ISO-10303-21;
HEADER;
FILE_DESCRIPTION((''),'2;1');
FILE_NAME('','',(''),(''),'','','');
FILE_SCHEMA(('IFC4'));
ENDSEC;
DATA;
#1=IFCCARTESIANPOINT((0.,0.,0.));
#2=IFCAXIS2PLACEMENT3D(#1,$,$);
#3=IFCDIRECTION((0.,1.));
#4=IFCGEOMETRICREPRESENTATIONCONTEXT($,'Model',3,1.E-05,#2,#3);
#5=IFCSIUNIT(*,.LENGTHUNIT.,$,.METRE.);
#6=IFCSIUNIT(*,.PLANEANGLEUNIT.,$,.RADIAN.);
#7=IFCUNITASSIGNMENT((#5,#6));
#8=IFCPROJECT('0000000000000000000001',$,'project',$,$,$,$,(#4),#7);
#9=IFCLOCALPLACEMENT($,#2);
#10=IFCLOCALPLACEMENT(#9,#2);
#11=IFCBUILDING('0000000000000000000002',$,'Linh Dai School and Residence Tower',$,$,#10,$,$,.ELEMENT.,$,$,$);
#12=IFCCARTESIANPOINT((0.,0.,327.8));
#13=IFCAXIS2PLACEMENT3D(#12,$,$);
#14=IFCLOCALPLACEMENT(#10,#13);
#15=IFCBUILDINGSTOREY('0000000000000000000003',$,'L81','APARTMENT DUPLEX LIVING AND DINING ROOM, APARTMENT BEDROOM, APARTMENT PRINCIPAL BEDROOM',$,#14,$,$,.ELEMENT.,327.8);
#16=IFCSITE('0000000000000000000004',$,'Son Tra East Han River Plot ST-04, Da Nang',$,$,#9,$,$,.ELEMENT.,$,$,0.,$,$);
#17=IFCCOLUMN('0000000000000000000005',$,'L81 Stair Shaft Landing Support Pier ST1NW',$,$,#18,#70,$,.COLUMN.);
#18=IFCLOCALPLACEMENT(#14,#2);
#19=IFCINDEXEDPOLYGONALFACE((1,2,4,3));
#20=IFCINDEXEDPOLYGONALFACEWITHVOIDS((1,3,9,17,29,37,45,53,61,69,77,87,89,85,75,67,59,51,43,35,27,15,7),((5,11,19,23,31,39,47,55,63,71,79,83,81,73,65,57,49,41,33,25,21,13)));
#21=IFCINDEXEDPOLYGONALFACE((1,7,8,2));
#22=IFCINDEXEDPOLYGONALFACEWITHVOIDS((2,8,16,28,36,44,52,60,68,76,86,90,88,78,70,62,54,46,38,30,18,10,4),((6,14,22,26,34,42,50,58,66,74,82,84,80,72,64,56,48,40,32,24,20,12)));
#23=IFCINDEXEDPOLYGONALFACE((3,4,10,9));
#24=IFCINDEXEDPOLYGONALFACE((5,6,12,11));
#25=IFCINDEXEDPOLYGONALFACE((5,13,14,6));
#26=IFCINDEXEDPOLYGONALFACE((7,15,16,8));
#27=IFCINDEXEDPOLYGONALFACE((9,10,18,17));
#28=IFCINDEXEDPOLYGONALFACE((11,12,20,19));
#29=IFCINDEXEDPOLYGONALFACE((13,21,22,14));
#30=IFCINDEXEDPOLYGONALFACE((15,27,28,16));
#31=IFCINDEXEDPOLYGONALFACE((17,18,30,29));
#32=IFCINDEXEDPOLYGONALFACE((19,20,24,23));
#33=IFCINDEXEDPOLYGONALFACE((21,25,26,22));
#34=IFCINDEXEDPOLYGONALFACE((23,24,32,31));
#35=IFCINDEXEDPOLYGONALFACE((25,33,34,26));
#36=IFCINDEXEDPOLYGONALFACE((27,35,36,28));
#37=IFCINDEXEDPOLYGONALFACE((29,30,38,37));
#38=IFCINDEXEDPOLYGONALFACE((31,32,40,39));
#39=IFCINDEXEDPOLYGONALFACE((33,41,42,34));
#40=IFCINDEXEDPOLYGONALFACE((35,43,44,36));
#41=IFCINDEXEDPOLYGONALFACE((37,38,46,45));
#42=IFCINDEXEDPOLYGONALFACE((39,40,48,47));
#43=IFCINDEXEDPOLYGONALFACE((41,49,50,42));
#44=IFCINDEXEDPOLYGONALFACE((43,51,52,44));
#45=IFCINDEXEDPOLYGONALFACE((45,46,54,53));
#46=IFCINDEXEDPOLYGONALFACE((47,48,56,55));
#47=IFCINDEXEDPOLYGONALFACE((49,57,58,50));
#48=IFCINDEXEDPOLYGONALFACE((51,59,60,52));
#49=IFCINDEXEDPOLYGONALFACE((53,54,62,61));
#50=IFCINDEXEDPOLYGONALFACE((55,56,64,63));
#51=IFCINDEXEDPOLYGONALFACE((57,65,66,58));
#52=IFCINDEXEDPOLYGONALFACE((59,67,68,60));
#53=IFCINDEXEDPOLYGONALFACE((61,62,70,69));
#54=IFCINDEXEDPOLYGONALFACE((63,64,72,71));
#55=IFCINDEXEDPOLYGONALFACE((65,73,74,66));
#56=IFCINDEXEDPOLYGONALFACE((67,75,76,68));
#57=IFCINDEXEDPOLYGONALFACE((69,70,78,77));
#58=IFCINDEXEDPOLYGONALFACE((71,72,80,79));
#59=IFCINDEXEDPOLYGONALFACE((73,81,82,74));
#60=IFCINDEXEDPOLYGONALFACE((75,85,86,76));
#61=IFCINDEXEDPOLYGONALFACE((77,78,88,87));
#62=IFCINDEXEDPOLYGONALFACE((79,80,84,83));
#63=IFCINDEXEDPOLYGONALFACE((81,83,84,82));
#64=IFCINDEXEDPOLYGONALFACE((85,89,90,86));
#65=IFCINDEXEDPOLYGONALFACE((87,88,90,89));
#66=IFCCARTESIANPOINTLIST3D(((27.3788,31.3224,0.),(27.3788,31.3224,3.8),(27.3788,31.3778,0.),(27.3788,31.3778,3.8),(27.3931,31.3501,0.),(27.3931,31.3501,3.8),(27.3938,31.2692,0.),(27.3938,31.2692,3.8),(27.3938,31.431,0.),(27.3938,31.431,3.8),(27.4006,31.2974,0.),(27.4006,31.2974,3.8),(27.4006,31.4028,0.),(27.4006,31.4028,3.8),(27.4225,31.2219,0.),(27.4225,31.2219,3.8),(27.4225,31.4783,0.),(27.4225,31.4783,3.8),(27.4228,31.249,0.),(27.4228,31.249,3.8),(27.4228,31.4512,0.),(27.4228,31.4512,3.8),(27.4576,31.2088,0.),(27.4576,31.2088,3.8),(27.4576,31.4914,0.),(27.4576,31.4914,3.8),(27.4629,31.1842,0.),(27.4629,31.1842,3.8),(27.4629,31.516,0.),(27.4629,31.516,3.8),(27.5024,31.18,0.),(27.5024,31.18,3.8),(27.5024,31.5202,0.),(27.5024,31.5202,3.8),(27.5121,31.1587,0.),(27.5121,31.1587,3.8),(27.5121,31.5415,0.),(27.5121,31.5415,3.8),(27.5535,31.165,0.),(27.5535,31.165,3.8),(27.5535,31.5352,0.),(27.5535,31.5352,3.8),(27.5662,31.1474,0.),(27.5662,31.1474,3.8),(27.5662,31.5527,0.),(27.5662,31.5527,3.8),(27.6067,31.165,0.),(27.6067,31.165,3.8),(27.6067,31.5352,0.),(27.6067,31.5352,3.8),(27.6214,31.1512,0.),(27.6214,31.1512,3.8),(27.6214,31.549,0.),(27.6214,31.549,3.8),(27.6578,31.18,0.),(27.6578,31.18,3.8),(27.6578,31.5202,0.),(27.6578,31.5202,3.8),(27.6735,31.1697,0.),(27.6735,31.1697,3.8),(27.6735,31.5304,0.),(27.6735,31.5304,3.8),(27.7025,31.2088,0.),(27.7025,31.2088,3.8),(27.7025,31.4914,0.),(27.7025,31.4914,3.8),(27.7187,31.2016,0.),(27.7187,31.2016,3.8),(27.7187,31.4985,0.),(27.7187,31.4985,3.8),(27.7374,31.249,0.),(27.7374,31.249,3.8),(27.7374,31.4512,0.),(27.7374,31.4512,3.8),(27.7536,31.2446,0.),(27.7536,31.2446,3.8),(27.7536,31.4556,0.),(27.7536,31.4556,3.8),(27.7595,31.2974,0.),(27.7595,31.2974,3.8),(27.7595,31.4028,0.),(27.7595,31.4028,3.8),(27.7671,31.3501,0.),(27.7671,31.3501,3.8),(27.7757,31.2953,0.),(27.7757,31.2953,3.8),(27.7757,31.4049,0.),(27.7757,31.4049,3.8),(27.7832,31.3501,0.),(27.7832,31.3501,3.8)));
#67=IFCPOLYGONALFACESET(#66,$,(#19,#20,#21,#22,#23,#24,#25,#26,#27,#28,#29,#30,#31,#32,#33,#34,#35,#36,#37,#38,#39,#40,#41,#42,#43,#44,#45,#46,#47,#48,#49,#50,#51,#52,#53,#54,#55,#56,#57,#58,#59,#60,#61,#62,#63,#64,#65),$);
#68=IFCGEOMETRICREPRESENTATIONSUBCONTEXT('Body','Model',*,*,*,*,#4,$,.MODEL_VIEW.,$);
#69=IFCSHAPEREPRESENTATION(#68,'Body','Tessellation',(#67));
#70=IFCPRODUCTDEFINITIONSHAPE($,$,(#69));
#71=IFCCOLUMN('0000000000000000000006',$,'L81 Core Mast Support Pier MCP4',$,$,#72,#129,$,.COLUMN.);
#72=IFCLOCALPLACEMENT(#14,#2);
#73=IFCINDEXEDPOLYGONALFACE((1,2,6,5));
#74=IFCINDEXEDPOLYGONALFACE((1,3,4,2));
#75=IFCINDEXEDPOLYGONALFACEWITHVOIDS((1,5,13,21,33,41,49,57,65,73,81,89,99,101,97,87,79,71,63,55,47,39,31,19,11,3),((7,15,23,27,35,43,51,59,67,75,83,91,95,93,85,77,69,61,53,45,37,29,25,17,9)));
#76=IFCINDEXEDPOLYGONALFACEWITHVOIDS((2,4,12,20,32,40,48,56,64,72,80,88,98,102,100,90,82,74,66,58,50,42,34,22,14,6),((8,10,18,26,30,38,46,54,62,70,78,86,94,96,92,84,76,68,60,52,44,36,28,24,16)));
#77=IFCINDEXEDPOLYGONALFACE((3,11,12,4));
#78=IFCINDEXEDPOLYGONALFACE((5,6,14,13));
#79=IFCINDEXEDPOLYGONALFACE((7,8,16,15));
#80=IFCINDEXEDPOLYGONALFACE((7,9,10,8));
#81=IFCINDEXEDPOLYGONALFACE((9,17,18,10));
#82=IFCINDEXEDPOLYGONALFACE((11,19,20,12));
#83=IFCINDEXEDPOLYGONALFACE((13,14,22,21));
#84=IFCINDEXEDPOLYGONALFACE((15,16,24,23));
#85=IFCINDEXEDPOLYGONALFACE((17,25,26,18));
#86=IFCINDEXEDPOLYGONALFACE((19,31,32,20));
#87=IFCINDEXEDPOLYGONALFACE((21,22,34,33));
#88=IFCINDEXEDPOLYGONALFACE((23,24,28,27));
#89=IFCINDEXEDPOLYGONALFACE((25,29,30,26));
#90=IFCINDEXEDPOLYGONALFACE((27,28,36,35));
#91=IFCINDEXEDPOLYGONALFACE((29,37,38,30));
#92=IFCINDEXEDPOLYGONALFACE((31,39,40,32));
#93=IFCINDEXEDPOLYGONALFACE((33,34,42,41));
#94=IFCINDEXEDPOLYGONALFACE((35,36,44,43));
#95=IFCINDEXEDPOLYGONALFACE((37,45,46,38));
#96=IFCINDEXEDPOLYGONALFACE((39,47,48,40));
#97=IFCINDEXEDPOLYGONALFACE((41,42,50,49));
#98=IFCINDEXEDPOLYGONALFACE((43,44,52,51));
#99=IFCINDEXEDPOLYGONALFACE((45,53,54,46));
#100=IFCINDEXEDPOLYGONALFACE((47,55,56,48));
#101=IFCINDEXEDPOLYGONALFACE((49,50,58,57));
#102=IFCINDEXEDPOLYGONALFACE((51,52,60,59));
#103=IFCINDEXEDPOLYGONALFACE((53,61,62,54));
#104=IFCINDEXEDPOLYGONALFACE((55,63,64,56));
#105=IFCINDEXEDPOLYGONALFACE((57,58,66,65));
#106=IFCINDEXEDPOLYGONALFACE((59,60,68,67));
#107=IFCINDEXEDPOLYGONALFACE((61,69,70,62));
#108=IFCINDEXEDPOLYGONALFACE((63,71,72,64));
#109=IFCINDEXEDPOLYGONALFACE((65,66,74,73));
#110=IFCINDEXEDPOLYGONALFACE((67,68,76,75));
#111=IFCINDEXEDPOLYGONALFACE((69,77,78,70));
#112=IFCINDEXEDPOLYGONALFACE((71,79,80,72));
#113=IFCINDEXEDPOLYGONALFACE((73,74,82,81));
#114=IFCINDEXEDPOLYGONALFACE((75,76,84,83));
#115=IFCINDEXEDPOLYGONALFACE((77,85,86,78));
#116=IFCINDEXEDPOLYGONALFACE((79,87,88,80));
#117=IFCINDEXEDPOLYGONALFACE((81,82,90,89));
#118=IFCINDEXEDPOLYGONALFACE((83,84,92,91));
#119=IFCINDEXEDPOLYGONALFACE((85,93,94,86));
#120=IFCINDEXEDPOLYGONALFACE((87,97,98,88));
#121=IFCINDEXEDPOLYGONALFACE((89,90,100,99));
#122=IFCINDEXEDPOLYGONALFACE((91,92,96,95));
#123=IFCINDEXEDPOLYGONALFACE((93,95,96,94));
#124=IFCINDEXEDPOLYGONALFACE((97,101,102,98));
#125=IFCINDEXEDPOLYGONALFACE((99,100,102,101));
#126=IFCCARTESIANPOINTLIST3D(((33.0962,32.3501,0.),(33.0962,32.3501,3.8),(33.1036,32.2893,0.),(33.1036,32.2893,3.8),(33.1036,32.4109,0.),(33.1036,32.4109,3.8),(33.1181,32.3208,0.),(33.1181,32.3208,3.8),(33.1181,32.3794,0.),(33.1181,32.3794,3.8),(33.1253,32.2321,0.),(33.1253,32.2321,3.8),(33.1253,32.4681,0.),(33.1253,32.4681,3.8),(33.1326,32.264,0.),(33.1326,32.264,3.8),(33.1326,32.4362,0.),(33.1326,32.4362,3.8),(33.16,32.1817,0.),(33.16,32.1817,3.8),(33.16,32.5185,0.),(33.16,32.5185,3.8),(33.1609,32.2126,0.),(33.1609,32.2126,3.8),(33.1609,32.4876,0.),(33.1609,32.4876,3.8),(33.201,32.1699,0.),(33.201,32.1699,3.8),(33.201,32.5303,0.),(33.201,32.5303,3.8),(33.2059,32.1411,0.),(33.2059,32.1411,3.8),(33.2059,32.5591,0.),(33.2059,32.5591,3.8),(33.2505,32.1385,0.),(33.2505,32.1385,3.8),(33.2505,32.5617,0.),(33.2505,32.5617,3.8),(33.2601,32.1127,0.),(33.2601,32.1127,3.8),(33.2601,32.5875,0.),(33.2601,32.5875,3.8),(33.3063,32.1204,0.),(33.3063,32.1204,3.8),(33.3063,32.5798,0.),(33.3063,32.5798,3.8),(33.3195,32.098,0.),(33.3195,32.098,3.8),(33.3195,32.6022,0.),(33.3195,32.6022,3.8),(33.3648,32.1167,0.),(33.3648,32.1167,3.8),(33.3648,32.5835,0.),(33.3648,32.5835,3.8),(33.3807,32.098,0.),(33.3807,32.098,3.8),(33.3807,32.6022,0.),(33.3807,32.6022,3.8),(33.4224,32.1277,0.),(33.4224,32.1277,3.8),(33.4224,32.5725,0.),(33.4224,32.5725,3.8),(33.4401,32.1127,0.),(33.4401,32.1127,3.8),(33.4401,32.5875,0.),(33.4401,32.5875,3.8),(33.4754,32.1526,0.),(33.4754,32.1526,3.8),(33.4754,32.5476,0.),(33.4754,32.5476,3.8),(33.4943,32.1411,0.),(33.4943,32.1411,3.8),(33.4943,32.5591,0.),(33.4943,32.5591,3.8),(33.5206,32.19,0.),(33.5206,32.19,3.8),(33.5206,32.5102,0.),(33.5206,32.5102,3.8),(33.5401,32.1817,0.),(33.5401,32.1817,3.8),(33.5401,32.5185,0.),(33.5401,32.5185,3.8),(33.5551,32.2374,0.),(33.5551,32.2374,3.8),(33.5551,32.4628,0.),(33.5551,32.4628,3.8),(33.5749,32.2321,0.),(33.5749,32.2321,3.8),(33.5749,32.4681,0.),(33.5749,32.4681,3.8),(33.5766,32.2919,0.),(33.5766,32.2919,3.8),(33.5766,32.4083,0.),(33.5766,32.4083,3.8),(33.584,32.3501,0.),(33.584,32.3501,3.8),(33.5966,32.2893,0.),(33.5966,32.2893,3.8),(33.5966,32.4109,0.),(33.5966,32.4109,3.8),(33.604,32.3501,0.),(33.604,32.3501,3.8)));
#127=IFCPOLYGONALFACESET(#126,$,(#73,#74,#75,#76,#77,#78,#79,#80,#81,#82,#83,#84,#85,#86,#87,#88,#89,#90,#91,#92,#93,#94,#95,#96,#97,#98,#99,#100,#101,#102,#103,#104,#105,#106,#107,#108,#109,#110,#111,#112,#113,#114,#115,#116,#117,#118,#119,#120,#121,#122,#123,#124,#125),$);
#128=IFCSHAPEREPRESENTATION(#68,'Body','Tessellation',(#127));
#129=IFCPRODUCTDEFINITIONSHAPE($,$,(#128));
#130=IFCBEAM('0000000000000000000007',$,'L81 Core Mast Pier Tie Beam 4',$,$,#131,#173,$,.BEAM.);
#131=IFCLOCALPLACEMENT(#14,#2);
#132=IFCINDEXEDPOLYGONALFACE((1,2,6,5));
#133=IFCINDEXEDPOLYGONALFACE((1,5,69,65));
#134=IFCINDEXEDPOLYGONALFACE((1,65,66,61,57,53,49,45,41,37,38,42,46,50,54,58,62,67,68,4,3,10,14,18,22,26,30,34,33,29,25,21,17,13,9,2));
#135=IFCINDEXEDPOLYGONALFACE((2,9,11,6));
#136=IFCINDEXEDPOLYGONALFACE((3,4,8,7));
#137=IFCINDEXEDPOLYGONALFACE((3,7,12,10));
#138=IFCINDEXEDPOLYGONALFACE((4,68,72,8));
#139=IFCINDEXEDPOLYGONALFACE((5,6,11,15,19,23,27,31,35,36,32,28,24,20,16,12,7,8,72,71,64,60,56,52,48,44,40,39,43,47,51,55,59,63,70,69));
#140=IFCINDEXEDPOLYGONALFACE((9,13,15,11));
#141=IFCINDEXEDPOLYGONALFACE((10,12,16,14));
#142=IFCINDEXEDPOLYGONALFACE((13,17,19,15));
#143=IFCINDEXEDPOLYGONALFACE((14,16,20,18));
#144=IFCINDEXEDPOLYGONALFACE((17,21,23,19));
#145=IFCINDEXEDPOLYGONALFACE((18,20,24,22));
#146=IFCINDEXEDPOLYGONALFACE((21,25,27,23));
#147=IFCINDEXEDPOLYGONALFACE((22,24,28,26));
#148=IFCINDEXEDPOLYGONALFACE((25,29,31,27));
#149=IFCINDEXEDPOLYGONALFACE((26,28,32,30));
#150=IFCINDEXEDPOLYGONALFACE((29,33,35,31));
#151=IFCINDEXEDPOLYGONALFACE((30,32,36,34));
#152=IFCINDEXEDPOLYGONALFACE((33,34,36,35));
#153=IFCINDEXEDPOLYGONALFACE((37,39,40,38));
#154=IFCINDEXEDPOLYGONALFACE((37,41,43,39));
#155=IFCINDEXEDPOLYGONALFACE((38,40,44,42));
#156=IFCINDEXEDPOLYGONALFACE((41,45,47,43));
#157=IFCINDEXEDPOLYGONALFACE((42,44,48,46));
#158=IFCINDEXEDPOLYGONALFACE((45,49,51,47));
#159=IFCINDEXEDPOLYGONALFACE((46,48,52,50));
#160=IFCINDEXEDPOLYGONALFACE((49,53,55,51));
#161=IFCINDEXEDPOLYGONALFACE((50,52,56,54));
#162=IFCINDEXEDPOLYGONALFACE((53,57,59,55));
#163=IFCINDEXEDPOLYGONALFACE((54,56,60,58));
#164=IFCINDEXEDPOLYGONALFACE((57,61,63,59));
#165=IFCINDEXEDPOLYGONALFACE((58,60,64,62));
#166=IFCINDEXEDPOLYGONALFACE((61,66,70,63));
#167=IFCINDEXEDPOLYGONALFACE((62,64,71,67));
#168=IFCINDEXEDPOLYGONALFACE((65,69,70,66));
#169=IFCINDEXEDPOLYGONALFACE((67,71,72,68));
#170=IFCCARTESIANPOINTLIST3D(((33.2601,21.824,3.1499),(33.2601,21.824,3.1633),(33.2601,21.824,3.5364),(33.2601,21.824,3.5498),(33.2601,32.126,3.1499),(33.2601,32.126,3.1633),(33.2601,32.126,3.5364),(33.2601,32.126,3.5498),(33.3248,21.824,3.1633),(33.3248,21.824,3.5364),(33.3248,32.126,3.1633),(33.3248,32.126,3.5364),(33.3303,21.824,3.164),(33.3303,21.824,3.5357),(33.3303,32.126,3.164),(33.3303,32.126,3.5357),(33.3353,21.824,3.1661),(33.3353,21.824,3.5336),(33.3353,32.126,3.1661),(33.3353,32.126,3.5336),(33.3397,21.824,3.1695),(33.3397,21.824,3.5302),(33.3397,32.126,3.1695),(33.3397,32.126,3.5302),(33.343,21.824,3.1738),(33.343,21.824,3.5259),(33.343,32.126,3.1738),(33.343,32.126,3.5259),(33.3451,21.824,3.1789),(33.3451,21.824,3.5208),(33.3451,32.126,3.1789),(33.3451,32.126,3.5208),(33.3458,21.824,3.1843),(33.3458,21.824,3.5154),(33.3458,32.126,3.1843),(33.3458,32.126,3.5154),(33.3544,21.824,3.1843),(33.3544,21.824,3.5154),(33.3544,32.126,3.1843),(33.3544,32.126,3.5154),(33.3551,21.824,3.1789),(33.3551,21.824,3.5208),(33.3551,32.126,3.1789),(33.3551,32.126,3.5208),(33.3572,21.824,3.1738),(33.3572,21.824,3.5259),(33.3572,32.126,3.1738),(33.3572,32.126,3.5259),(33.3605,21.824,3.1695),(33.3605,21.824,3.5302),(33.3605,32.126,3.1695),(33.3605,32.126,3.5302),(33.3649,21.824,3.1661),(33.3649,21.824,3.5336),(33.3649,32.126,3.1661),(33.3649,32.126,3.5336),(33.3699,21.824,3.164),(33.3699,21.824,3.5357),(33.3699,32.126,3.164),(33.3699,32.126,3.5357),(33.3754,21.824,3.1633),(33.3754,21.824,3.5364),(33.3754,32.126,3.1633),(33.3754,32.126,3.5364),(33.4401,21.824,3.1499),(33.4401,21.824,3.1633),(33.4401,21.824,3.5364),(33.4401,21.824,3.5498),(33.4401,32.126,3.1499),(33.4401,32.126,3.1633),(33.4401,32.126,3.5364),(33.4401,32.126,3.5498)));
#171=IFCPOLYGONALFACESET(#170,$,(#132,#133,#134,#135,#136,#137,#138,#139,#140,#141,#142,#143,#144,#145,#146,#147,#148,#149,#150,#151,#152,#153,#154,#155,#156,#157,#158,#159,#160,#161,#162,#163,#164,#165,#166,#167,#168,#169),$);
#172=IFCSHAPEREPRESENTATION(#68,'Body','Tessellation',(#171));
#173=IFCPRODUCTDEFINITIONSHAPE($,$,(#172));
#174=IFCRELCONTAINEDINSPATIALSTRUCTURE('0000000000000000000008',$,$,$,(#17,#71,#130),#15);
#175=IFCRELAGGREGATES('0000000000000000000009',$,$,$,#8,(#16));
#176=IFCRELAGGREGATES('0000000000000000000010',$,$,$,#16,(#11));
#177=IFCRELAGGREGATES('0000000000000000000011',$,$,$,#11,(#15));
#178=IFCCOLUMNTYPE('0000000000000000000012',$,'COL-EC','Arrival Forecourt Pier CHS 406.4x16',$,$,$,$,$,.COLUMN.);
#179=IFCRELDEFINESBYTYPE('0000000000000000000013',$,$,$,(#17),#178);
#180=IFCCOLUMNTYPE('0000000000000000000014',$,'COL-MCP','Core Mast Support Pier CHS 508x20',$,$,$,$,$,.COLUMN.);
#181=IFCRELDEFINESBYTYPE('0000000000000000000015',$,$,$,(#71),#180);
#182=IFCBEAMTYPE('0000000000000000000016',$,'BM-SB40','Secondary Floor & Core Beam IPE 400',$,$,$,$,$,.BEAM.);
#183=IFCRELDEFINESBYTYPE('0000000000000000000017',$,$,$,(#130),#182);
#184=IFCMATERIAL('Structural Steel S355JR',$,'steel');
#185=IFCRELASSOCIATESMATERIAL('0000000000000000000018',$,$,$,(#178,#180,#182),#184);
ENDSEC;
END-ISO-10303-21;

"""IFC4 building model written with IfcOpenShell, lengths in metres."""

from ifc_helpers import new_model, si_unit, direction, frame, origin, origin_2d, place, context, subcontext, project, spatial, hollow_circle, i_section, extrude, material, material_profile, profile_set, type_object, element, save


model = new_model("IFC4")

# Units and contexts
model_context = context("Model", 3, precision=1e-05, world=origin(), true_north=direction((0.0, 1.0)))
body_context = subcontext(model_context, "Body", "Model", "MODEL_VIEW")
ifc_project = project(units=[si_unit("LENGTHUNIT", "METRE"), si_unit("PLANEANGLEUNIT", "RADIAN")], contexts=[model_context])

# Site, building, storey
site_placement = place(None, origin())
site = spatial("IfcSite", under=ifc_project, at=site_placement, Name="Son Tra East Han River Plot ST-04, Da Nang", CompositionType="ELEMENT", RefElevation=0.0)
building_placement = place(site_placement, origin())
building = spatial("IfcBuilding", under=site, at=building_placement, Name="Linh Dai School and Residence Tower", CompositionType="ELEMENT")
storey_placement = place(building_placement, frame((0.0, 0.0, 327.8)))
storey = spatial("IfcBuildingStorey", under=building, at=storey_placement, Name="L81", Description="APARTMENT DUPLEX LIVING AND DINING ROOM, APARTMENT BEDROOM, APARTMENT PRINCIPAL BEDROOM", CompositionType="ELEMENT", Elevation=327.8)

# Columns
ifc_material_1 = material(Name="Structural Steel S355JR", Category="steel")
ifc_material_profile_1 = material_profile(ifc_material_1, hollow_circle(Radius=0.2031, WallThickness=0.0161, at=origin_2d()), Name="CHS 406.4x16")
ifc_profile_set_1 = profile_set([ifc_material_profile_1], Name="Structural Steel S355JR")
column_type_1 = type_object("IfcColumnType", Name="COL-EC", Description="Arrival Forecourt Pier CHS 406.4x16", PredefinedType="COLUMN", material=ifc_profile_set_1)
column_1_placement = place(storey_placement, frame((27.5801, 31.3501, 0.0), z_axis=(0.0, 0.0, 1.0), x_axis=(1.0, 0.0, 0.0)))
element("IfcColumn", 1, at=column_1_placement, inside=storey, type_object=column_type_1, Name="L81 Stair Shaft Landing Support Pier ST1NW", PredefinedType="COLUMN", context=body_context, shape_type="SweptSolid", body=[
    extrude(hollow_circle(Radius=0.2031, WallThickness=0.0161, at=origin_2d()), origin(), (0.0, 0.0, 1.0), 3.8),
])
ifc_material_profile_2 = material_profile(ifc_material_1, hollow_circle(Radius=0.2539, WallThickness=0.02, at=origin_2d()), Name="CHS 508x20")
ifc_profile_set_2 = profile_set([ifc_material_profile_2], Name="Structural Steel S355JR")
column_type_2 = type_object("IfcColumnType", Name="COL-MCP", Description="Core Mast Support Pier CHS 508x20", PredefinedType="COLUMN", material=ifc_profile_set_2)
column_2_placement = place(storey_placement, frame((33.3501, 32.3501, 0.0), z_axis=(0.0, 0.0, 1.0), x_axis=(1.0, 0.0, 0.0)))
element("IfcColumn", 2, at=column_2_placement, inside=storey, type_object=column_type_2, Name="L81 Core Mast Support Pier MCP4", PredefinedType="COLUMN", context=body_context, shape_type="SweptSolid", body=[
    extrude(hollow_circle(Radius=0.2539, WallThickness=0.02, at=origin_2d()), origin(), (0.0, 0.0, 1.0), 3.8),
])

# Beam
ifc_material_profile_3 = material_profile(ifc_material_1, i_section(OverallWidth=0.1799, OverallDepth=0.3999, WebThickness=0.0085, FlangeThickness=0.0134, FilletRadius=0.021, at=origin_2d()), Name="IPE 400")
ifc_profile_set_3 = profile_set([ifc_material_profile_3], Name="Structural Steel S355JR")
beam_type = type_object("IfcBeamType", Name="BM-SB40", Description="Secondary Floor & Core Beam IPE 400", PredefinedType="BEAM", material=ifc_profile_set_3)
beam_placement = place(storey_placement, frame((33.3501, 32.126, 3.3499), z_axis=(0.0, -1.0, 0.0), x_axis=(1.0, 0.0, 0.0)))
element("IfcBeam", 3, at=beam_placement, inside=storey, type_object=beam_type, Name="L81 Core Mast Pier Tie Beam 4", PredefinedType="BEAM", context=body_context, shape_type="SweptSolid", body=[
    extrude(i_section(OverallWidth=0.1799, OverallDepth=0.3999, WebThickness=0.0085, FlangeThickness=0.0134, FilletRadius=0.021, at=origin_2d()), origin(), (0.0, 0.0, 1.0), 10.302),
])

save(model, "model.ifc")
